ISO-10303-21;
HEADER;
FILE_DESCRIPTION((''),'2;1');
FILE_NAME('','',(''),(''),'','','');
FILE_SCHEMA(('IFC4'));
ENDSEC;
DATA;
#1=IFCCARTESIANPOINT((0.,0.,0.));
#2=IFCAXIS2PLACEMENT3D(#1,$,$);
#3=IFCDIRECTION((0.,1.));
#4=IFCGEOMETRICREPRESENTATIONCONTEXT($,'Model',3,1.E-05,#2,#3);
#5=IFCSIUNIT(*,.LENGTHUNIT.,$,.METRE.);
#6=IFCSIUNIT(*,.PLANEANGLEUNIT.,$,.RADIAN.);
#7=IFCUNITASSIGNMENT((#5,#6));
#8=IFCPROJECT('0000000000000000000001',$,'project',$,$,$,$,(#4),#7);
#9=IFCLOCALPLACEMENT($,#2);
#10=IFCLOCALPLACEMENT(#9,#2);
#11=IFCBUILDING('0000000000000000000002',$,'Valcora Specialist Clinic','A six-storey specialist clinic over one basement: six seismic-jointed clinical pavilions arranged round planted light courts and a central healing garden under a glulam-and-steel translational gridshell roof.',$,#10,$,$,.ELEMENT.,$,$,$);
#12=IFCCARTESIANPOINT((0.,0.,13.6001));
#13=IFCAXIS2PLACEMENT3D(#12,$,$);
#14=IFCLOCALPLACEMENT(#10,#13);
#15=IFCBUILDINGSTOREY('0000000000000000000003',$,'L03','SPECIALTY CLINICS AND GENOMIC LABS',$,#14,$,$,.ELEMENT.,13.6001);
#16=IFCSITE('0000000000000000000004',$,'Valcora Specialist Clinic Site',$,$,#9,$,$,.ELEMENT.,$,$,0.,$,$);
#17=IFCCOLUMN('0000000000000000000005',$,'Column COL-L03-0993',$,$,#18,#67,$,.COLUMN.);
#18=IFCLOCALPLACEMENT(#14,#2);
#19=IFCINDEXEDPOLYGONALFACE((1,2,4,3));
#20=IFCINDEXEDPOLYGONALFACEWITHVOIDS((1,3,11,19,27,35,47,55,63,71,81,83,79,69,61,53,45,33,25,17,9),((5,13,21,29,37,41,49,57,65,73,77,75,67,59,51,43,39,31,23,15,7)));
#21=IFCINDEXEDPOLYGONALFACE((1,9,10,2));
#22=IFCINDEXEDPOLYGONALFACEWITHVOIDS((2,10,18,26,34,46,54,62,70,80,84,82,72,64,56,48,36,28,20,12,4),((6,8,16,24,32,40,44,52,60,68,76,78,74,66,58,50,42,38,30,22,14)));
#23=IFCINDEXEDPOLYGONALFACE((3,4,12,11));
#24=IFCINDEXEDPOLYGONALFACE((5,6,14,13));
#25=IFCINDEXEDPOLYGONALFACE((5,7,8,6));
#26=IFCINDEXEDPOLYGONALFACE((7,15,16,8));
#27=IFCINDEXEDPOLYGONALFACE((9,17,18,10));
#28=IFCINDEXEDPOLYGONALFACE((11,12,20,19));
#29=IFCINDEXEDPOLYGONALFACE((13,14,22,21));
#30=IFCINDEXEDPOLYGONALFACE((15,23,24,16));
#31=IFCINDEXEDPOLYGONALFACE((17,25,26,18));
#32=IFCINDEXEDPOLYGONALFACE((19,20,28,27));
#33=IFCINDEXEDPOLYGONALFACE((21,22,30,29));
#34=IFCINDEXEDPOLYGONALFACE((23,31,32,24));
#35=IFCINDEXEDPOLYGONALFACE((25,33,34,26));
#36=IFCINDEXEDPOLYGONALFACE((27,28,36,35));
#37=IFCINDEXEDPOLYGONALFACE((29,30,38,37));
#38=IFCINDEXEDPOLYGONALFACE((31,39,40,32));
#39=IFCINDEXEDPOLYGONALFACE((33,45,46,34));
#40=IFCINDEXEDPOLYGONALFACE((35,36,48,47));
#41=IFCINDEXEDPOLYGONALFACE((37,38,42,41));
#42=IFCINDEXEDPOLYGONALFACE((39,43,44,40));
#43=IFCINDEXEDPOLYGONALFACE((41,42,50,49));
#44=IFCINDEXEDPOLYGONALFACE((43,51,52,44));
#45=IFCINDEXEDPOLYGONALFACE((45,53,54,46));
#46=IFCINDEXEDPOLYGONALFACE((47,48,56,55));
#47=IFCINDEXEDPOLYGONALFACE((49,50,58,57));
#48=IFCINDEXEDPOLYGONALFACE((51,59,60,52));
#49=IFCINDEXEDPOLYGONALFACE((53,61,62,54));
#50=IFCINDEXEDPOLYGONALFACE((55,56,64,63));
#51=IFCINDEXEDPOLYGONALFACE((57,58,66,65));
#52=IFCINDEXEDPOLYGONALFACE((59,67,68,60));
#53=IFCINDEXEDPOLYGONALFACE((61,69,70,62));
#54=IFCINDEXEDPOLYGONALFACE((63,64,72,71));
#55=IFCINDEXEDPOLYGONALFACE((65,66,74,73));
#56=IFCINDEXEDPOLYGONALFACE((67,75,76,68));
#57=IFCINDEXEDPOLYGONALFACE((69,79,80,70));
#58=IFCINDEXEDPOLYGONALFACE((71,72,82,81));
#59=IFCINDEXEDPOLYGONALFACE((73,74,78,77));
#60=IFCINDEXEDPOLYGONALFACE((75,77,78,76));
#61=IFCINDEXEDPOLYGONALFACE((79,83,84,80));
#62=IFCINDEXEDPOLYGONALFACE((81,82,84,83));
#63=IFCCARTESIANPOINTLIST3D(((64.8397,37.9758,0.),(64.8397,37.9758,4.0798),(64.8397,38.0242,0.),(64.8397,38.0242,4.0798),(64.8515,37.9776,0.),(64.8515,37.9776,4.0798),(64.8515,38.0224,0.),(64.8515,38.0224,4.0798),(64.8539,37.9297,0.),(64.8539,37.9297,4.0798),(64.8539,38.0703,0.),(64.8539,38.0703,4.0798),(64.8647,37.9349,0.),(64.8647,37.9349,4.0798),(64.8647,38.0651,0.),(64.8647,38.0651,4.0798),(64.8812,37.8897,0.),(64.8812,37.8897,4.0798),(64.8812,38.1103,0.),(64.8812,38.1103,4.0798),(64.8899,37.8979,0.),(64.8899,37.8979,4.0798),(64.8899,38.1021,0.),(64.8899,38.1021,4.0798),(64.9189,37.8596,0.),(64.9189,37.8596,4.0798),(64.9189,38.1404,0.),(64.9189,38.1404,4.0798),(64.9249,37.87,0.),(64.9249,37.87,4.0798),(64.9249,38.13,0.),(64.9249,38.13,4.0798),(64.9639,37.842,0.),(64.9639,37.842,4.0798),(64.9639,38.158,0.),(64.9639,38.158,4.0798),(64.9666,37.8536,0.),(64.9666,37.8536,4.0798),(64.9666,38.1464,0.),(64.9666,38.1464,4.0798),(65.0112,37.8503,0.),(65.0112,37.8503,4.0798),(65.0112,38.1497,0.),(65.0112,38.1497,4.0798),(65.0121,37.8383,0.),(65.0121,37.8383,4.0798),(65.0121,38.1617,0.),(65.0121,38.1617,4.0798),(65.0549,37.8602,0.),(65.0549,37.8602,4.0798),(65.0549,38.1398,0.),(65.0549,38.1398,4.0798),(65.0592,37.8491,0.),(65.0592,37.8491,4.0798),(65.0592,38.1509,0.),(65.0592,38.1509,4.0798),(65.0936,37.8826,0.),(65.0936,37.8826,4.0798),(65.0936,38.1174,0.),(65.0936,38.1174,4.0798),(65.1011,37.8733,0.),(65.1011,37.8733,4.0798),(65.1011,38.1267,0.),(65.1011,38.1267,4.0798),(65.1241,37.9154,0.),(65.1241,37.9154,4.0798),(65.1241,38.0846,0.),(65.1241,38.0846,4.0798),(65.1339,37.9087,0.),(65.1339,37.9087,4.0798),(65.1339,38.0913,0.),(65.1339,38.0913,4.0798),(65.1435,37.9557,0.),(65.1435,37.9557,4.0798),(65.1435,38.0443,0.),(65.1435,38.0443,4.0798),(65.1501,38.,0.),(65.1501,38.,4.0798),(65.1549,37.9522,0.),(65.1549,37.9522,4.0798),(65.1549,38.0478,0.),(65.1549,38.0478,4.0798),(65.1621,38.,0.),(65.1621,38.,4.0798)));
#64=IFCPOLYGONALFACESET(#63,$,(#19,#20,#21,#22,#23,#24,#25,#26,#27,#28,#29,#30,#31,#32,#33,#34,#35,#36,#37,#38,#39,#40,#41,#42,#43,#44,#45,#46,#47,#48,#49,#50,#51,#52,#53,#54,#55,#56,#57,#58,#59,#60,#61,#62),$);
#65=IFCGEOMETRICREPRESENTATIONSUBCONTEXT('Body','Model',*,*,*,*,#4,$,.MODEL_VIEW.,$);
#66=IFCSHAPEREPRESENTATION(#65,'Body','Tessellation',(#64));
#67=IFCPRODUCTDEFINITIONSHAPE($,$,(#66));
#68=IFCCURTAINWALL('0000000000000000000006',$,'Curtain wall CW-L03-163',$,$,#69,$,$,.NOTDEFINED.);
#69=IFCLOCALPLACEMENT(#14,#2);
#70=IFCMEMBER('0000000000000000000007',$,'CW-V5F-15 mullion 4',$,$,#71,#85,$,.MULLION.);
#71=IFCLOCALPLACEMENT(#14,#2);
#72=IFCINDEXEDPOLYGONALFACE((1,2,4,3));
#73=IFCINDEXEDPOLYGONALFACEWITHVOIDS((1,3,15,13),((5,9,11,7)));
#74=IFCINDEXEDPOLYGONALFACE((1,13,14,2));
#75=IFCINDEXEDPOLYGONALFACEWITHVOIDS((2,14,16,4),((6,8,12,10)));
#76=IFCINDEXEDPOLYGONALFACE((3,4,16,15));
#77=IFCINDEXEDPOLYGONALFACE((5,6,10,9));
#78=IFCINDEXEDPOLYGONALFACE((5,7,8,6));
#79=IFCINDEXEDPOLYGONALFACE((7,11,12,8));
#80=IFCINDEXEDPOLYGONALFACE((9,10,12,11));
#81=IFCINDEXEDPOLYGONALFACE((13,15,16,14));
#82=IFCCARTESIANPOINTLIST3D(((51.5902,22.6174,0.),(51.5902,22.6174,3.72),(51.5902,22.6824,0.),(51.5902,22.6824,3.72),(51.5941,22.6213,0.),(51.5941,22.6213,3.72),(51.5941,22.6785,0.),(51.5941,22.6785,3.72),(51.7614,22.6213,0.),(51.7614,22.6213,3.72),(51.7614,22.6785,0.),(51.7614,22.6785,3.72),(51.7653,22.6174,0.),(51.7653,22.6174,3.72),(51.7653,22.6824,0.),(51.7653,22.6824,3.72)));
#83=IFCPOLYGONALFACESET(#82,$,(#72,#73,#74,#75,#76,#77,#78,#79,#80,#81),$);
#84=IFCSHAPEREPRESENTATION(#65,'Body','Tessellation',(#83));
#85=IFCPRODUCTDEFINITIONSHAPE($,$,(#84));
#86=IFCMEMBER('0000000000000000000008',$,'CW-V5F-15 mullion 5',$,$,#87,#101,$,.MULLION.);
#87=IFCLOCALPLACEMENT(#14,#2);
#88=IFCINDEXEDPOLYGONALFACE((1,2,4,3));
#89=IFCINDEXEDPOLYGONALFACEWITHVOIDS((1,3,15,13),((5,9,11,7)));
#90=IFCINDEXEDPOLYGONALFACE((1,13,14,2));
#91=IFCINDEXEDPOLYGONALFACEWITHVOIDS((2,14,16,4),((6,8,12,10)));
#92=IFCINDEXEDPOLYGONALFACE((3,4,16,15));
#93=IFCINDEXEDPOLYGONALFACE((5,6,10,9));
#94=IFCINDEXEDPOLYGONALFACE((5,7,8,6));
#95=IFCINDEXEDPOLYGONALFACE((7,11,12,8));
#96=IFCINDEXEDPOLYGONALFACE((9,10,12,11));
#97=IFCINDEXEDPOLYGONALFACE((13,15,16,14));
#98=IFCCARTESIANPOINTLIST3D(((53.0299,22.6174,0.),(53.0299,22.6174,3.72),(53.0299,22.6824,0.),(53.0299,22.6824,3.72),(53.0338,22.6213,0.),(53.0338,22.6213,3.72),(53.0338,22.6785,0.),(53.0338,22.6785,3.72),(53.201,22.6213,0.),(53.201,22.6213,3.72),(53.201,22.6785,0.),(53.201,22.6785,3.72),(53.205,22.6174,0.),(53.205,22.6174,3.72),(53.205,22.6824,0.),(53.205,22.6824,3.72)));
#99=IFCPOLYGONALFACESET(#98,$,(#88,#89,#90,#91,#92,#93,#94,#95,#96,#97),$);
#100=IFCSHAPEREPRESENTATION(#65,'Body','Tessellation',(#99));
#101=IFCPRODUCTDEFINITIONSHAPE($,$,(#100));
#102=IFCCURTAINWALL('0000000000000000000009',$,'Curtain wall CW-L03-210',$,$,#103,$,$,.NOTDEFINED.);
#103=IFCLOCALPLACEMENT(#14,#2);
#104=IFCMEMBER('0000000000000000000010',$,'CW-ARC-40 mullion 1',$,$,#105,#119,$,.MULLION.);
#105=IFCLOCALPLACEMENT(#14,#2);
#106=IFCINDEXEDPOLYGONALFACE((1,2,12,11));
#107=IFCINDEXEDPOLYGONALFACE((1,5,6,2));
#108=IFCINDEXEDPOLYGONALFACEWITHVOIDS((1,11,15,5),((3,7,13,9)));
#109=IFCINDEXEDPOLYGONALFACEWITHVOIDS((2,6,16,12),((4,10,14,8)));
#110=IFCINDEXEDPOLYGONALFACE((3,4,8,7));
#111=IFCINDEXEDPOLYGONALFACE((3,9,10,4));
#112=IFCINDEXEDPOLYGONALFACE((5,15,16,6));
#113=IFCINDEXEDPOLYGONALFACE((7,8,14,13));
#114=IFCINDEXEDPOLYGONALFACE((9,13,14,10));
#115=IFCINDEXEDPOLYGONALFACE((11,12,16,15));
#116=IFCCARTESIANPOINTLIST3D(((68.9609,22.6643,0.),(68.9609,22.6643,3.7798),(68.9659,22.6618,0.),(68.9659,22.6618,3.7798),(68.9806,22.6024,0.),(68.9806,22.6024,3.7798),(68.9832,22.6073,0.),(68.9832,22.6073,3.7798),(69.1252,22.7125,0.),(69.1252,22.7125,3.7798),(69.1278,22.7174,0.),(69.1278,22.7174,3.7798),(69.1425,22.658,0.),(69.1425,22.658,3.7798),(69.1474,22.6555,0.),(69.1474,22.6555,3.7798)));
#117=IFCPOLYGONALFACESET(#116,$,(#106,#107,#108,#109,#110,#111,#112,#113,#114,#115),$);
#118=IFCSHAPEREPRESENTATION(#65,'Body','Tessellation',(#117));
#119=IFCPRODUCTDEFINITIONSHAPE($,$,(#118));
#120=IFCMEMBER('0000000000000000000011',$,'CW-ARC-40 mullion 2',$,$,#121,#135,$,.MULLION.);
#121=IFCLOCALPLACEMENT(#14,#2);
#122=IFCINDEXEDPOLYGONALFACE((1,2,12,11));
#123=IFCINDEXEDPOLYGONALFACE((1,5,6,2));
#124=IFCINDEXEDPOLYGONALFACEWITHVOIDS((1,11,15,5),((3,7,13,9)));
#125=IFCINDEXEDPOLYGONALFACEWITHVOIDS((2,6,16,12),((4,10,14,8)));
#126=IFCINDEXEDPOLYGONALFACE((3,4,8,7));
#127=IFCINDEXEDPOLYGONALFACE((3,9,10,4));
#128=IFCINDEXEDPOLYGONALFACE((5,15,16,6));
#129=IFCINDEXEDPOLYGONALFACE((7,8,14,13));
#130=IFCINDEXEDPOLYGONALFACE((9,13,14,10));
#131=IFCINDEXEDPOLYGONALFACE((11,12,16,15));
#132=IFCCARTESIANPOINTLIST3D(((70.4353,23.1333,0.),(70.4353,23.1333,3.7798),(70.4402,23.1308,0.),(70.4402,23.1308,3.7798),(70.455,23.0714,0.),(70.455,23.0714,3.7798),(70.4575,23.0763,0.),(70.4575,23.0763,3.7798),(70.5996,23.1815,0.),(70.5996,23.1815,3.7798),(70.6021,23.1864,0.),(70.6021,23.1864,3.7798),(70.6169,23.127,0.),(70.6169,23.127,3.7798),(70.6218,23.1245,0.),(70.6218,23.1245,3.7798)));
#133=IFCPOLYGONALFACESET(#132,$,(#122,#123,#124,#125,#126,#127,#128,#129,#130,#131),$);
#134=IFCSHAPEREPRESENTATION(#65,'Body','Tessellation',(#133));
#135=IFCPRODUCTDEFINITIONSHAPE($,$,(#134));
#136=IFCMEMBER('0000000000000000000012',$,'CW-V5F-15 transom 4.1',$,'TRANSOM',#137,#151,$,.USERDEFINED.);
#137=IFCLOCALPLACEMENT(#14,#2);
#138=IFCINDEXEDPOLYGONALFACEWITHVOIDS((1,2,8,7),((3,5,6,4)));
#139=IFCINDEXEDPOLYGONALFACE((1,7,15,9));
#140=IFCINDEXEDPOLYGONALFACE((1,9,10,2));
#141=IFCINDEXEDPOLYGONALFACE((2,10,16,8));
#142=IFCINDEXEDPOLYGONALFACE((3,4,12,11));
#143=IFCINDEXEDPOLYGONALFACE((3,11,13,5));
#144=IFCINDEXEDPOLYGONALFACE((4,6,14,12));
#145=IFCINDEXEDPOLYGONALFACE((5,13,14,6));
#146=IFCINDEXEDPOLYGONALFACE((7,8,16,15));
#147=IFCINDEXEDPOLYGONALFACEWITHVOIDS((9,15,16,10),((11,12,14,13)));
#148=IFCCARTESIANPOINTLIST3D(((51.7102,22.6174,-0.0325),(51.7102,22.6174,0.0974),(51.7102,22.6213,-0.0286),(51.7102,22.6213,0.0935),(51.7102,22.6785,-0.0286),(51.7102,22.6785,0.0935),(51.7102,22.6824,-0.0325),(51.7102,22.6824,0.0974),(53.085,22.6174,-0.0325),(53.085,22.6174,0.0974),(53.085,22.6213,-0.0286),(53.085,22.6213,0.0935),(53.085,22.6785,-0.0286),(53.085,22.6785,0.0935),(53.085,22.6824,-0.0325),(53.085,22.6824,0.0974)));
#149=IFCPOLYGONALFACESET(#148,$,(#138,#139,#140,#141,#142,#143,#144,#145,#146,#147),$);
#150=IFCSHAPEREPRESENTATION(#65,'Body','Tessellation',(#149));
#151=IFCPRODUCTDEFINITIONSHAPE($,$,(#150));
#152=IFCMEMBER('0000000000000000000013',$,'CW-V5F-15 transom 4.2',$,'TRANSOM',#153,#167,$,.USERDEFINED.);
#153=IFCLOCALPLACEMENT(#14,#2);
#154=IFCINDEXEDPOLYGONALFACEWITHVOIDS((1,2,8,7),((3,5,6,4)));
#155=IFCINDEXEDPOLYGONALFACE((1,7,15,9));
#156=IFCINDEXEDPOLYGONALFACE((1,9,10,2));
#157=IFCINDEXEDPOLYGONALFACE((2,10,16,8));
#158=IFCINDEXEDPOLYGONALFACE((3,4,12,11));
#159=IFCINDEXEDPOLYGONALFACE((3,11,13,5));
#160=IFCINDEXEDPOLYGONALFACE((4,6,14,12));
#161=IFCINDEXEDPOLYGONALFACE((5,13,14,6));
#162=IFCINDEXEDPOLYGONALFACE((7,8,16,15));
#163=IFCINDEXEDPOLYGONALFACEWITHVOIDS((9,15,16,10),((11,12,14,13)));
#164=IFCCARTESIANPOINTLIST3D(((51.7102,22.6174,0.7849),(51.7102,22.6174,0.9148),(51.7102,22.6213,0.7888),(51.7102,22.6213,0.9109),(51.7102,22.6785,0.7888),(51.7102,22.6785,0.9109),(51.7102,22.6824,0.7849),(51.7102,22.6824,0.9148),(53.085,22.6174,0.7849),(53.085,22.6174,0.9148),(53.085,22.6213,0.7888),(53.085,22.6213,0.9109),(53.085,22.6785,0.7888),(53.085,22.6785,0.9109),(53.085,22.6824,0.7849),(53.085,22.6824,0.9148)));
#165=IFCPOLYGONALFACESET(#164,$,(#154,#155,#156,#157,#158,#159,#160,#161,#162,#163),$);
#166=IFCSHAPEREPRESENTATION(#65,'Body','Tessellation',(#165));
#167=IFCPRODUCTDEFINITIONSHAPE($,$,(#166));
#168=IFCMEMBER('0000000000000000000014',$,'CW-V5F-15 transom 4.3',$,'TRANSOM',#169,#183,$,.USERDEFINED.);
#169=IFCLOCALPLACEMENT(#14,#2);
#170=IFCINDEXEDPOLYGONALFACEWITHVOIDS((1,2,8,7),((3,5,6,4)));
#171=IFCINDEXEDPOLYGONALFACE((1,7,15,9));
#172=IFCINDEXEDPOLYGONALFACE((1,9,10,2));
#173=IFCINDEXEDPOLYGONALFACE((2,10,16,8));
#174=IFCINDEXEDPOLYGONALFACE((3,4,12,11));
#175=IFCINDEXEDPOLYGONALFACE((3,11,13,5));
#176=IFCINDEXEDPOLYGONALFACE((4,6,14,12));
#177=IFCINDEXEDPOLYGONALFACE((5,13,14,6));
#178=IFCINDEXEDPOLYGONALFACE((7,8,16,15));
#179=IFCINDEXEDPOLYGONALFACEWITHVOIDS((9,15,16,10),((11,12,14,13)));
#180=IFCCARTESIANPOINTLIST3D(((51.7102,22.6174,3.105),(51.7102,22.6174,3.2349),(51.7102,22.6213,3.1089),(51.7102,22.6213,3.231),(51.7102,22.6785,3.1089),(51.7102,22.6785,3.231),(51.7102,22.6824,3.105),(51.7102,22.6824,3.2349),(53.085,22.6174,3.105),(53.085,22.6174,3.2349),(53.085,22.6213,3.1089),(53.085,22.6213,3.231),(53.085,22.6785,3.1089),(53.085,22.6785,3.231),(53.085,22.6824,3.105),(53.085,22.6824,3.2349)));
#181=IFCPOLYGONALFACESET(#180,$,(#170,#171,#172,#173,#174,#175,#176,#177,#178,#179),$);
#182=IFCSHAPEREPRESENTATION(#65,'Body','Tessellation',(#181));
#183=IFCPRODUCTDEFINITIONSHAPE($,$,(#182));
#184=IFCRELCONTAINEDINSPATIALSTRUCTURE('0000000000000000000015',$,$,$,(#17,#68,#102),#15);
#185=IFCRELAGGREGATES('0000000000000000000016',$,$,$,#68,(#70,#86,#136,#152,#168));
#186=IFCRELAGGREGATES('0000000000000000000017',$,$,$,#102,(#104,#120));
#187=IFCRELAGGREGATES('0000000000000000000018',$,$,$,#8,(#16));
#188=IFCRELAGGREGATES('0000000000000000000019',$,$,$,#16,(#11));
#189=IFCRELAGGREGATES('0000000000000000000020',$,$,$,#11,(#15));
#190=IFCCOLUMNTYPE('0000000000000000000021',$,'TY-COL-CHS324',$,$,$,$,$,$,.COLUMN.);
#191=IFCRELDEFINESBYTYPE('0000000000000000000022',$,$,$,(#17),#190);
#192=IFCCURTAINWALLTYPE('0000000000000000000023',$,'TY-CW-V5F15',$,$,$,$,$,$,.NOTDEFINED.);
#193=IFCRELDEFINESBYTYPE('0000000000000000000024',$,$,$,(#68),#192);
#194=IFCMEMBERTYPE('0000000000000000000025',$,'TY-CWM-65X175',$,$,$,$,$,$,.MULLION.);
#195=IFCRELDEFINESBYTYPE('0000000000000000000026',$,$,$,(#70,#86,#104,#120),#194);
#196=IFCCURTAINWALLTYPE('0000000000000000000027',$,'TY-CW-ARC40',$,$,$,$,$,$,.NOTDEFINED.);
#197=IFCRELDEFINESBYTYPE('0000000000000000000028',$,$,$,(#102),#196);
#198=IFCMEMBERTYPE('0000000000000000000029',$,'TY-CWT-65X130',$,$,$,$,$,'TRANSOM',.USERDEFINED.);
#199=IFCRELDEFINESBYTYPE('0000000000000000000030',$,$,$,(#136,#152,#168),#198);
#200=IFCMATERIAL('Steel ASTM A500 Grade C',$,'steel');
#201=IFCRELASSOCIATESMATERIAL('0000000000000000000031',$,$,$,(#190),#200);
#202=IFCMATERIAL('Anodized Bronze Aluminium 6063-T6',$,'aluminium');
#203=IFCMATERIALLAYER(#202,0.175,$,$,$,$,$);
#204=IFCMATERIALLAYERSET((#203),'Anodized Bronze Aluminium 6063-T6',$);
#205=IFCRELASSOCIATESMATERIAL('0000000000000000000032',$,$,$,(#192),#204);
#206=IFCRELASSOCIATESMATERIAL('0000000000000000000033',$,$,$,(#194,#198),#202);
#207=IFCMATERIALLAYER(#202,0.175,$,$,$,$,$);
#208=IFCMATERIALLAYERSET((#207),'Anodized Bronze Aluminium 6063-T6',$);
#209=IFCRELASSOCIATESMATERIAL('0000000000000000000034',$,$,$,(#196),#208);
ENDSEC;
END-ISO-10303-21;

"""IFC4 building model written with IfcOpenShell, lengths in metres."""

from ifc_helpers import new_model, si_unit, direction, frame, origin, origin_2d, place, context, subcontext, project, spatial, hollow_rectangle, hollow_circle, extrude, material, layer, layer_set, material_profile, profile_set, type_object, element, aggregate, save


model = new_model("IFC4")

# Units and contexts
model_context = context("Model", 3, precision=1e-05, world=origin(), true_north=direction((0.0, 1.0)))
body_context = subcontext(model_context, "Body", "Model", "MODEL_VIEW")
ifc_project = project(units=[si_unit("LENGTHUNIT", "METRE"), si_unit("PLANEANGLEUNIT", "RADIAN")], contexts=[model_context])

# Site, building, storey
site_placement = place(None, origin())
site = spatial("IfcSite", under=ifc_project, at=site_placement, Name="Valcora Specialist Clinic Site", CompositionType="ELEMENT", RefElevation=0.0)
building_placement = place(site_placement, origin())
building = spatial("IfcBuilding", under=site, at=building_placement, Name="Valcora Specialist Clinic", Description="A six-storey specialist clinic over one basement: six seismic-jointed clinical pavilions arranged round planted light courts and a central healing garden under a glulam-and-steel translational gridshell roof.", CompositionType="ELEMENT")
storey_placement = place(building_placement, frame((0.0, 0.0, 13.6001)))
storey = spatial("IfcBuildingStorey", under=building, at=storey_placement, Name="L03", Description="SPECIALTY CLINICS AND GENOMIC LABS", CompositionType="ELEMENT", Elevation=13.6001)

# Column
ifc_material_1 = material(Name="Steel ASTM A500 Grade C", Category="steel")
ifc_material_profile_1 = material_profile(ifc_material_1, hollow_circle(Radius=0.1621, WallThickness=0.012, at=origin_2d()), Name="ST-CHS-324X12")
ifc_profile_set_1 = profile_set([ifc_material_profile_1], Name="Steel ASTM A500 Grade C")
column_type = type_object("IfcColumnType", Name="TY-COL-CHS324", PredefinedType="COLUMN", material=ifc_profile_set_1)
for number, where, z_axis, x_axis, name in (
    (1, (65.0, 38.0, 0.0), (0.0, 0.0, 1.0), (1.0, 0.0, 0.0), "Column COL-L03-0993"),
):
    element("IfcColumn", number, at=place(storey_placement, frame(where, z_axis=z_axis, x_axis=x_axis)), inside=storey, type_object=column_type, Name=name, PredefinedType="COLUMN", context=body_context, shape_type="SweptSolid", body=[
        extrude(hollow_circle(Radius=0.1621, WallThickness=0.012, at=origin_2d()), origin(), (0.0, 0.0, 1.0), 4.0798),
    ])

# Curtain walls, members
ifc_material_2 = material(Name="Anodized Bronze Aluminium 6063-T6", Category="aluminium")
ifc_layer_1 = layer(ifc_material_2, 0.175)
ifc_layer_set_1 = layer_set([ifc_layer_1], Name="Anodized Bronze Aluminium 6063-T6")
curtain_wall_type_1 = type_object("IfcCurtainWallType", Name="TY-CW-V5F15", PredefinedType="NOTDEFINED", material=ifc_layer_set_1)
curtain_wall_1_placement = place(storey_placement, origin())
curtain_wall_1 = element("IfcCurtainWall", 2, at=curtain_wall_1_placement, inside=storey, type_object=curtain_wall_type_1, Name="Curtain wall CW-L03-163", PredefinedType="NOTDEFINED")
ifc_material_profile_2 = material_profile(ifc_material_2, hollow_rectangle(XDim=0.0649, YDim=0.175, WallThickness=0.0039, at=origin_2d()), Name="AL-MUL-65X175")
ifc_profile_set_2 = profile_set([ifc_material_profile_2], Name="Anodized Bronze Aluminium 6063-T6")
member_type_1 = type_object("IfcMemberType", Name="TY-CWM-65X175", PredefinedType="MULLION", material=ifc_profile_set_2)
member_1_placement = place(storey_placement, frame((51.6777, 22.6499, 0.0), z_axis=(0.0, 0.0, 1.0), x_axis=(0.0, 1.0, 0.0)))
member_1 = element("IfcMember", 3, at=member_1_placement, type_object=member_type_1, Name="CW-V5F-15 mullion 4", PredefinedType="MULLION", context=body_context, shape_type="SweptSolid", body=[
    extrude(hollow_rectangle(XDim=0.0649, YDim=0.175, WallThickness=0.0039, at=origin_2d()), origin(), (0.0, 0.0, 1.0), 3.72),
])
member_2_placement = place(storey_placement, frame((53.1174, 22.6499, 0.0), z_axis=(0.0, 0.0, 1.0), x_axis=(0.0, 1.0, 0.0)))
member_2 = element("IfcMember", 4, at=member_2_placement, type_object=member_type_1, Name="CW-V5F-15 mullion 5", PredefinedType="MULLION", context=body_context, shape_type="SweptSolid", body=[
    extrude(hollow_rectangle(XDim=0.0649, YDim=0.175, WallThickness=0.0039, at=origin_2d()), origin(), (0.0, 0.0, 1.0), 3.72),
])
ifc_layer_2 = layer(ifc_material_2, 0.175)
ifc_layer_set_2 = layer_set([ifc_layer_2], Name="Anodized Bronze Aluminium 6063-T6")
curtain_wall_type_2 = type_object("IfcCurtainWallType", Name="TY-CW-ARC40", PredefinedType="NOTDEFINED", material=ifc_layer_set_2)
curtain_wall_2_placement = place(storey_placement, origin())
curtain_wall_2 = element("IfcCurtainWall", 5, at=curtain_wall_2_placement, inside=storey, type_object=curtain_wall_type_2, Name="Curtain wall CW-L03-210", PredefinedType="NOTDEFINED")
member_3_placement = place(storey_placement, frame((69.0542, 22.6599, 0.0), z_axis=(0.0, 0.0, 1.0), x_axis=(-0.303233, 0.952916, 0.0)))
member_3 = element("IfcMember", 6, at=member_3_placement, type_object=member_type_1, Name="CW-ARC-40 mullion 1", PredefinedType="MULLION", context=body_context, shape_type="SweptSolid", body=[
    extrude(hollow_rectangle(XDim=0.0649, YDim=0.175, WallThickness=0.0039, at=origin_2d()), origin(), (0.0, 0.0, 1.0), 3.7798),
])
member_4_placement = place(storey_placement, frame((70.5286, 23.1289, 0.0), z_axis=(0.0, 0.0, 1.0), x_axis=(-0.303233, 0.952916, 0.0)))
member_4 = element("IfcMember", 7, at=member_4_placement, type_object=member_type_1, Name="CW-ARC-40 mullion 2", PredefinedType="MULLION", context=body_context, shape_type="SweptSolid", body=[
    extrude(hollow_rectangle(XDim=0.0649, YDim=0.175, WallThickness=0.0039, at=origin_2d()), origin(), (0.0, 0.0, 1.0), 3.7798),
])

# Members
ifc_material_profile_3 = material_profile(ifc_material_2, hollow_rectangle(XDim=0.0649, YDim=0.1299, WallThickness=0.0039, at=origin_2d()), Name="AL-TRN-65X130")
ifc_profile_set_3 = profile_set([ifc_material_profile_3], Name="Anodized Bronze Aluminium 6063-T6")
member_type_2 = type_object("IfcMemberType", Name="TY-CWT-65X130", ElementType="TRANSOM", PredefinedType="USERDEFINED", material=ifc_profile_set_3)
member_5_placement = place(storey_placement, frame((51.7102, 22.6499, 0.0325), z_axis=(1.0, 0.0, 0.0), x_axis=(0.0, 1.0, 0.0)))
member_5 = element("IfcMember", 8, at=member_5_placement, type_object=member_type_2, Name="CW-V5F-15 transom 4.1", ObjectType="TRANSOM", PredefinedType="USERDEFINED", context=body_context, shape_type="SweptSolid", body=[
    extrude(hollow_rectangle(XDim=0.0649, YDim=0.1299, WallThickness=0.0039, at=origin_2d()), origin(), (0.0, 0.0, 1.0), 1.3748),
])
member_6_placement = place(storey_placement, frame((51.7102, 22.6499, 0.8499), z_axis=(1.0, 0.0, 0.0), x_axis=(0.0, 1.0, 0.0)))
member_6 = element("IfcMember", 9, at=member_6_placement, type_object=member_type_2, Name="CW-V5F-15 transom 4.2", ObjectType="TRANSOM", PredefinedType="USERDEFINED", context=body_context, shape_type="SweptSolid", body=[
    extrude(hollow_rectangle(XDim=0.0649, YDim=0.1299, WallThickness=0.0039, at=origin_2d()), origin(), (0.0, 0.0, 1.0), 1.3748),
])
member_7_placement = place(storey_placement, frame((51.7102, 22.6499, 3.1699), z_axis=(1.0, 0.0, 0.0), x_axis=(0.0, 1.0, 0.0)))
member_7 = element("IfcMember", 10, at=member_7_placement, type_object=member_type_2, Name="CW-V5F-15 transom 4.3", ObjectType="TRANSOM", PredefinedType="USERDEFINED", context=body_context, shape_type="SweptSolid", body=[
    extrude(hollow_rectangle(XDim=0.0649, YDim=0.1299, WallThickness=0.0039, at=origin_2d()), origin(), (0.0, 0.0, 1.0), 1.3748),
])

aggregate(curtain_wall_1, [member_1, member_2, member_5, member_6, member_7])
aggregate(curtain_wall_2, [member_3, member_4])

save(model, "model.ifc")
